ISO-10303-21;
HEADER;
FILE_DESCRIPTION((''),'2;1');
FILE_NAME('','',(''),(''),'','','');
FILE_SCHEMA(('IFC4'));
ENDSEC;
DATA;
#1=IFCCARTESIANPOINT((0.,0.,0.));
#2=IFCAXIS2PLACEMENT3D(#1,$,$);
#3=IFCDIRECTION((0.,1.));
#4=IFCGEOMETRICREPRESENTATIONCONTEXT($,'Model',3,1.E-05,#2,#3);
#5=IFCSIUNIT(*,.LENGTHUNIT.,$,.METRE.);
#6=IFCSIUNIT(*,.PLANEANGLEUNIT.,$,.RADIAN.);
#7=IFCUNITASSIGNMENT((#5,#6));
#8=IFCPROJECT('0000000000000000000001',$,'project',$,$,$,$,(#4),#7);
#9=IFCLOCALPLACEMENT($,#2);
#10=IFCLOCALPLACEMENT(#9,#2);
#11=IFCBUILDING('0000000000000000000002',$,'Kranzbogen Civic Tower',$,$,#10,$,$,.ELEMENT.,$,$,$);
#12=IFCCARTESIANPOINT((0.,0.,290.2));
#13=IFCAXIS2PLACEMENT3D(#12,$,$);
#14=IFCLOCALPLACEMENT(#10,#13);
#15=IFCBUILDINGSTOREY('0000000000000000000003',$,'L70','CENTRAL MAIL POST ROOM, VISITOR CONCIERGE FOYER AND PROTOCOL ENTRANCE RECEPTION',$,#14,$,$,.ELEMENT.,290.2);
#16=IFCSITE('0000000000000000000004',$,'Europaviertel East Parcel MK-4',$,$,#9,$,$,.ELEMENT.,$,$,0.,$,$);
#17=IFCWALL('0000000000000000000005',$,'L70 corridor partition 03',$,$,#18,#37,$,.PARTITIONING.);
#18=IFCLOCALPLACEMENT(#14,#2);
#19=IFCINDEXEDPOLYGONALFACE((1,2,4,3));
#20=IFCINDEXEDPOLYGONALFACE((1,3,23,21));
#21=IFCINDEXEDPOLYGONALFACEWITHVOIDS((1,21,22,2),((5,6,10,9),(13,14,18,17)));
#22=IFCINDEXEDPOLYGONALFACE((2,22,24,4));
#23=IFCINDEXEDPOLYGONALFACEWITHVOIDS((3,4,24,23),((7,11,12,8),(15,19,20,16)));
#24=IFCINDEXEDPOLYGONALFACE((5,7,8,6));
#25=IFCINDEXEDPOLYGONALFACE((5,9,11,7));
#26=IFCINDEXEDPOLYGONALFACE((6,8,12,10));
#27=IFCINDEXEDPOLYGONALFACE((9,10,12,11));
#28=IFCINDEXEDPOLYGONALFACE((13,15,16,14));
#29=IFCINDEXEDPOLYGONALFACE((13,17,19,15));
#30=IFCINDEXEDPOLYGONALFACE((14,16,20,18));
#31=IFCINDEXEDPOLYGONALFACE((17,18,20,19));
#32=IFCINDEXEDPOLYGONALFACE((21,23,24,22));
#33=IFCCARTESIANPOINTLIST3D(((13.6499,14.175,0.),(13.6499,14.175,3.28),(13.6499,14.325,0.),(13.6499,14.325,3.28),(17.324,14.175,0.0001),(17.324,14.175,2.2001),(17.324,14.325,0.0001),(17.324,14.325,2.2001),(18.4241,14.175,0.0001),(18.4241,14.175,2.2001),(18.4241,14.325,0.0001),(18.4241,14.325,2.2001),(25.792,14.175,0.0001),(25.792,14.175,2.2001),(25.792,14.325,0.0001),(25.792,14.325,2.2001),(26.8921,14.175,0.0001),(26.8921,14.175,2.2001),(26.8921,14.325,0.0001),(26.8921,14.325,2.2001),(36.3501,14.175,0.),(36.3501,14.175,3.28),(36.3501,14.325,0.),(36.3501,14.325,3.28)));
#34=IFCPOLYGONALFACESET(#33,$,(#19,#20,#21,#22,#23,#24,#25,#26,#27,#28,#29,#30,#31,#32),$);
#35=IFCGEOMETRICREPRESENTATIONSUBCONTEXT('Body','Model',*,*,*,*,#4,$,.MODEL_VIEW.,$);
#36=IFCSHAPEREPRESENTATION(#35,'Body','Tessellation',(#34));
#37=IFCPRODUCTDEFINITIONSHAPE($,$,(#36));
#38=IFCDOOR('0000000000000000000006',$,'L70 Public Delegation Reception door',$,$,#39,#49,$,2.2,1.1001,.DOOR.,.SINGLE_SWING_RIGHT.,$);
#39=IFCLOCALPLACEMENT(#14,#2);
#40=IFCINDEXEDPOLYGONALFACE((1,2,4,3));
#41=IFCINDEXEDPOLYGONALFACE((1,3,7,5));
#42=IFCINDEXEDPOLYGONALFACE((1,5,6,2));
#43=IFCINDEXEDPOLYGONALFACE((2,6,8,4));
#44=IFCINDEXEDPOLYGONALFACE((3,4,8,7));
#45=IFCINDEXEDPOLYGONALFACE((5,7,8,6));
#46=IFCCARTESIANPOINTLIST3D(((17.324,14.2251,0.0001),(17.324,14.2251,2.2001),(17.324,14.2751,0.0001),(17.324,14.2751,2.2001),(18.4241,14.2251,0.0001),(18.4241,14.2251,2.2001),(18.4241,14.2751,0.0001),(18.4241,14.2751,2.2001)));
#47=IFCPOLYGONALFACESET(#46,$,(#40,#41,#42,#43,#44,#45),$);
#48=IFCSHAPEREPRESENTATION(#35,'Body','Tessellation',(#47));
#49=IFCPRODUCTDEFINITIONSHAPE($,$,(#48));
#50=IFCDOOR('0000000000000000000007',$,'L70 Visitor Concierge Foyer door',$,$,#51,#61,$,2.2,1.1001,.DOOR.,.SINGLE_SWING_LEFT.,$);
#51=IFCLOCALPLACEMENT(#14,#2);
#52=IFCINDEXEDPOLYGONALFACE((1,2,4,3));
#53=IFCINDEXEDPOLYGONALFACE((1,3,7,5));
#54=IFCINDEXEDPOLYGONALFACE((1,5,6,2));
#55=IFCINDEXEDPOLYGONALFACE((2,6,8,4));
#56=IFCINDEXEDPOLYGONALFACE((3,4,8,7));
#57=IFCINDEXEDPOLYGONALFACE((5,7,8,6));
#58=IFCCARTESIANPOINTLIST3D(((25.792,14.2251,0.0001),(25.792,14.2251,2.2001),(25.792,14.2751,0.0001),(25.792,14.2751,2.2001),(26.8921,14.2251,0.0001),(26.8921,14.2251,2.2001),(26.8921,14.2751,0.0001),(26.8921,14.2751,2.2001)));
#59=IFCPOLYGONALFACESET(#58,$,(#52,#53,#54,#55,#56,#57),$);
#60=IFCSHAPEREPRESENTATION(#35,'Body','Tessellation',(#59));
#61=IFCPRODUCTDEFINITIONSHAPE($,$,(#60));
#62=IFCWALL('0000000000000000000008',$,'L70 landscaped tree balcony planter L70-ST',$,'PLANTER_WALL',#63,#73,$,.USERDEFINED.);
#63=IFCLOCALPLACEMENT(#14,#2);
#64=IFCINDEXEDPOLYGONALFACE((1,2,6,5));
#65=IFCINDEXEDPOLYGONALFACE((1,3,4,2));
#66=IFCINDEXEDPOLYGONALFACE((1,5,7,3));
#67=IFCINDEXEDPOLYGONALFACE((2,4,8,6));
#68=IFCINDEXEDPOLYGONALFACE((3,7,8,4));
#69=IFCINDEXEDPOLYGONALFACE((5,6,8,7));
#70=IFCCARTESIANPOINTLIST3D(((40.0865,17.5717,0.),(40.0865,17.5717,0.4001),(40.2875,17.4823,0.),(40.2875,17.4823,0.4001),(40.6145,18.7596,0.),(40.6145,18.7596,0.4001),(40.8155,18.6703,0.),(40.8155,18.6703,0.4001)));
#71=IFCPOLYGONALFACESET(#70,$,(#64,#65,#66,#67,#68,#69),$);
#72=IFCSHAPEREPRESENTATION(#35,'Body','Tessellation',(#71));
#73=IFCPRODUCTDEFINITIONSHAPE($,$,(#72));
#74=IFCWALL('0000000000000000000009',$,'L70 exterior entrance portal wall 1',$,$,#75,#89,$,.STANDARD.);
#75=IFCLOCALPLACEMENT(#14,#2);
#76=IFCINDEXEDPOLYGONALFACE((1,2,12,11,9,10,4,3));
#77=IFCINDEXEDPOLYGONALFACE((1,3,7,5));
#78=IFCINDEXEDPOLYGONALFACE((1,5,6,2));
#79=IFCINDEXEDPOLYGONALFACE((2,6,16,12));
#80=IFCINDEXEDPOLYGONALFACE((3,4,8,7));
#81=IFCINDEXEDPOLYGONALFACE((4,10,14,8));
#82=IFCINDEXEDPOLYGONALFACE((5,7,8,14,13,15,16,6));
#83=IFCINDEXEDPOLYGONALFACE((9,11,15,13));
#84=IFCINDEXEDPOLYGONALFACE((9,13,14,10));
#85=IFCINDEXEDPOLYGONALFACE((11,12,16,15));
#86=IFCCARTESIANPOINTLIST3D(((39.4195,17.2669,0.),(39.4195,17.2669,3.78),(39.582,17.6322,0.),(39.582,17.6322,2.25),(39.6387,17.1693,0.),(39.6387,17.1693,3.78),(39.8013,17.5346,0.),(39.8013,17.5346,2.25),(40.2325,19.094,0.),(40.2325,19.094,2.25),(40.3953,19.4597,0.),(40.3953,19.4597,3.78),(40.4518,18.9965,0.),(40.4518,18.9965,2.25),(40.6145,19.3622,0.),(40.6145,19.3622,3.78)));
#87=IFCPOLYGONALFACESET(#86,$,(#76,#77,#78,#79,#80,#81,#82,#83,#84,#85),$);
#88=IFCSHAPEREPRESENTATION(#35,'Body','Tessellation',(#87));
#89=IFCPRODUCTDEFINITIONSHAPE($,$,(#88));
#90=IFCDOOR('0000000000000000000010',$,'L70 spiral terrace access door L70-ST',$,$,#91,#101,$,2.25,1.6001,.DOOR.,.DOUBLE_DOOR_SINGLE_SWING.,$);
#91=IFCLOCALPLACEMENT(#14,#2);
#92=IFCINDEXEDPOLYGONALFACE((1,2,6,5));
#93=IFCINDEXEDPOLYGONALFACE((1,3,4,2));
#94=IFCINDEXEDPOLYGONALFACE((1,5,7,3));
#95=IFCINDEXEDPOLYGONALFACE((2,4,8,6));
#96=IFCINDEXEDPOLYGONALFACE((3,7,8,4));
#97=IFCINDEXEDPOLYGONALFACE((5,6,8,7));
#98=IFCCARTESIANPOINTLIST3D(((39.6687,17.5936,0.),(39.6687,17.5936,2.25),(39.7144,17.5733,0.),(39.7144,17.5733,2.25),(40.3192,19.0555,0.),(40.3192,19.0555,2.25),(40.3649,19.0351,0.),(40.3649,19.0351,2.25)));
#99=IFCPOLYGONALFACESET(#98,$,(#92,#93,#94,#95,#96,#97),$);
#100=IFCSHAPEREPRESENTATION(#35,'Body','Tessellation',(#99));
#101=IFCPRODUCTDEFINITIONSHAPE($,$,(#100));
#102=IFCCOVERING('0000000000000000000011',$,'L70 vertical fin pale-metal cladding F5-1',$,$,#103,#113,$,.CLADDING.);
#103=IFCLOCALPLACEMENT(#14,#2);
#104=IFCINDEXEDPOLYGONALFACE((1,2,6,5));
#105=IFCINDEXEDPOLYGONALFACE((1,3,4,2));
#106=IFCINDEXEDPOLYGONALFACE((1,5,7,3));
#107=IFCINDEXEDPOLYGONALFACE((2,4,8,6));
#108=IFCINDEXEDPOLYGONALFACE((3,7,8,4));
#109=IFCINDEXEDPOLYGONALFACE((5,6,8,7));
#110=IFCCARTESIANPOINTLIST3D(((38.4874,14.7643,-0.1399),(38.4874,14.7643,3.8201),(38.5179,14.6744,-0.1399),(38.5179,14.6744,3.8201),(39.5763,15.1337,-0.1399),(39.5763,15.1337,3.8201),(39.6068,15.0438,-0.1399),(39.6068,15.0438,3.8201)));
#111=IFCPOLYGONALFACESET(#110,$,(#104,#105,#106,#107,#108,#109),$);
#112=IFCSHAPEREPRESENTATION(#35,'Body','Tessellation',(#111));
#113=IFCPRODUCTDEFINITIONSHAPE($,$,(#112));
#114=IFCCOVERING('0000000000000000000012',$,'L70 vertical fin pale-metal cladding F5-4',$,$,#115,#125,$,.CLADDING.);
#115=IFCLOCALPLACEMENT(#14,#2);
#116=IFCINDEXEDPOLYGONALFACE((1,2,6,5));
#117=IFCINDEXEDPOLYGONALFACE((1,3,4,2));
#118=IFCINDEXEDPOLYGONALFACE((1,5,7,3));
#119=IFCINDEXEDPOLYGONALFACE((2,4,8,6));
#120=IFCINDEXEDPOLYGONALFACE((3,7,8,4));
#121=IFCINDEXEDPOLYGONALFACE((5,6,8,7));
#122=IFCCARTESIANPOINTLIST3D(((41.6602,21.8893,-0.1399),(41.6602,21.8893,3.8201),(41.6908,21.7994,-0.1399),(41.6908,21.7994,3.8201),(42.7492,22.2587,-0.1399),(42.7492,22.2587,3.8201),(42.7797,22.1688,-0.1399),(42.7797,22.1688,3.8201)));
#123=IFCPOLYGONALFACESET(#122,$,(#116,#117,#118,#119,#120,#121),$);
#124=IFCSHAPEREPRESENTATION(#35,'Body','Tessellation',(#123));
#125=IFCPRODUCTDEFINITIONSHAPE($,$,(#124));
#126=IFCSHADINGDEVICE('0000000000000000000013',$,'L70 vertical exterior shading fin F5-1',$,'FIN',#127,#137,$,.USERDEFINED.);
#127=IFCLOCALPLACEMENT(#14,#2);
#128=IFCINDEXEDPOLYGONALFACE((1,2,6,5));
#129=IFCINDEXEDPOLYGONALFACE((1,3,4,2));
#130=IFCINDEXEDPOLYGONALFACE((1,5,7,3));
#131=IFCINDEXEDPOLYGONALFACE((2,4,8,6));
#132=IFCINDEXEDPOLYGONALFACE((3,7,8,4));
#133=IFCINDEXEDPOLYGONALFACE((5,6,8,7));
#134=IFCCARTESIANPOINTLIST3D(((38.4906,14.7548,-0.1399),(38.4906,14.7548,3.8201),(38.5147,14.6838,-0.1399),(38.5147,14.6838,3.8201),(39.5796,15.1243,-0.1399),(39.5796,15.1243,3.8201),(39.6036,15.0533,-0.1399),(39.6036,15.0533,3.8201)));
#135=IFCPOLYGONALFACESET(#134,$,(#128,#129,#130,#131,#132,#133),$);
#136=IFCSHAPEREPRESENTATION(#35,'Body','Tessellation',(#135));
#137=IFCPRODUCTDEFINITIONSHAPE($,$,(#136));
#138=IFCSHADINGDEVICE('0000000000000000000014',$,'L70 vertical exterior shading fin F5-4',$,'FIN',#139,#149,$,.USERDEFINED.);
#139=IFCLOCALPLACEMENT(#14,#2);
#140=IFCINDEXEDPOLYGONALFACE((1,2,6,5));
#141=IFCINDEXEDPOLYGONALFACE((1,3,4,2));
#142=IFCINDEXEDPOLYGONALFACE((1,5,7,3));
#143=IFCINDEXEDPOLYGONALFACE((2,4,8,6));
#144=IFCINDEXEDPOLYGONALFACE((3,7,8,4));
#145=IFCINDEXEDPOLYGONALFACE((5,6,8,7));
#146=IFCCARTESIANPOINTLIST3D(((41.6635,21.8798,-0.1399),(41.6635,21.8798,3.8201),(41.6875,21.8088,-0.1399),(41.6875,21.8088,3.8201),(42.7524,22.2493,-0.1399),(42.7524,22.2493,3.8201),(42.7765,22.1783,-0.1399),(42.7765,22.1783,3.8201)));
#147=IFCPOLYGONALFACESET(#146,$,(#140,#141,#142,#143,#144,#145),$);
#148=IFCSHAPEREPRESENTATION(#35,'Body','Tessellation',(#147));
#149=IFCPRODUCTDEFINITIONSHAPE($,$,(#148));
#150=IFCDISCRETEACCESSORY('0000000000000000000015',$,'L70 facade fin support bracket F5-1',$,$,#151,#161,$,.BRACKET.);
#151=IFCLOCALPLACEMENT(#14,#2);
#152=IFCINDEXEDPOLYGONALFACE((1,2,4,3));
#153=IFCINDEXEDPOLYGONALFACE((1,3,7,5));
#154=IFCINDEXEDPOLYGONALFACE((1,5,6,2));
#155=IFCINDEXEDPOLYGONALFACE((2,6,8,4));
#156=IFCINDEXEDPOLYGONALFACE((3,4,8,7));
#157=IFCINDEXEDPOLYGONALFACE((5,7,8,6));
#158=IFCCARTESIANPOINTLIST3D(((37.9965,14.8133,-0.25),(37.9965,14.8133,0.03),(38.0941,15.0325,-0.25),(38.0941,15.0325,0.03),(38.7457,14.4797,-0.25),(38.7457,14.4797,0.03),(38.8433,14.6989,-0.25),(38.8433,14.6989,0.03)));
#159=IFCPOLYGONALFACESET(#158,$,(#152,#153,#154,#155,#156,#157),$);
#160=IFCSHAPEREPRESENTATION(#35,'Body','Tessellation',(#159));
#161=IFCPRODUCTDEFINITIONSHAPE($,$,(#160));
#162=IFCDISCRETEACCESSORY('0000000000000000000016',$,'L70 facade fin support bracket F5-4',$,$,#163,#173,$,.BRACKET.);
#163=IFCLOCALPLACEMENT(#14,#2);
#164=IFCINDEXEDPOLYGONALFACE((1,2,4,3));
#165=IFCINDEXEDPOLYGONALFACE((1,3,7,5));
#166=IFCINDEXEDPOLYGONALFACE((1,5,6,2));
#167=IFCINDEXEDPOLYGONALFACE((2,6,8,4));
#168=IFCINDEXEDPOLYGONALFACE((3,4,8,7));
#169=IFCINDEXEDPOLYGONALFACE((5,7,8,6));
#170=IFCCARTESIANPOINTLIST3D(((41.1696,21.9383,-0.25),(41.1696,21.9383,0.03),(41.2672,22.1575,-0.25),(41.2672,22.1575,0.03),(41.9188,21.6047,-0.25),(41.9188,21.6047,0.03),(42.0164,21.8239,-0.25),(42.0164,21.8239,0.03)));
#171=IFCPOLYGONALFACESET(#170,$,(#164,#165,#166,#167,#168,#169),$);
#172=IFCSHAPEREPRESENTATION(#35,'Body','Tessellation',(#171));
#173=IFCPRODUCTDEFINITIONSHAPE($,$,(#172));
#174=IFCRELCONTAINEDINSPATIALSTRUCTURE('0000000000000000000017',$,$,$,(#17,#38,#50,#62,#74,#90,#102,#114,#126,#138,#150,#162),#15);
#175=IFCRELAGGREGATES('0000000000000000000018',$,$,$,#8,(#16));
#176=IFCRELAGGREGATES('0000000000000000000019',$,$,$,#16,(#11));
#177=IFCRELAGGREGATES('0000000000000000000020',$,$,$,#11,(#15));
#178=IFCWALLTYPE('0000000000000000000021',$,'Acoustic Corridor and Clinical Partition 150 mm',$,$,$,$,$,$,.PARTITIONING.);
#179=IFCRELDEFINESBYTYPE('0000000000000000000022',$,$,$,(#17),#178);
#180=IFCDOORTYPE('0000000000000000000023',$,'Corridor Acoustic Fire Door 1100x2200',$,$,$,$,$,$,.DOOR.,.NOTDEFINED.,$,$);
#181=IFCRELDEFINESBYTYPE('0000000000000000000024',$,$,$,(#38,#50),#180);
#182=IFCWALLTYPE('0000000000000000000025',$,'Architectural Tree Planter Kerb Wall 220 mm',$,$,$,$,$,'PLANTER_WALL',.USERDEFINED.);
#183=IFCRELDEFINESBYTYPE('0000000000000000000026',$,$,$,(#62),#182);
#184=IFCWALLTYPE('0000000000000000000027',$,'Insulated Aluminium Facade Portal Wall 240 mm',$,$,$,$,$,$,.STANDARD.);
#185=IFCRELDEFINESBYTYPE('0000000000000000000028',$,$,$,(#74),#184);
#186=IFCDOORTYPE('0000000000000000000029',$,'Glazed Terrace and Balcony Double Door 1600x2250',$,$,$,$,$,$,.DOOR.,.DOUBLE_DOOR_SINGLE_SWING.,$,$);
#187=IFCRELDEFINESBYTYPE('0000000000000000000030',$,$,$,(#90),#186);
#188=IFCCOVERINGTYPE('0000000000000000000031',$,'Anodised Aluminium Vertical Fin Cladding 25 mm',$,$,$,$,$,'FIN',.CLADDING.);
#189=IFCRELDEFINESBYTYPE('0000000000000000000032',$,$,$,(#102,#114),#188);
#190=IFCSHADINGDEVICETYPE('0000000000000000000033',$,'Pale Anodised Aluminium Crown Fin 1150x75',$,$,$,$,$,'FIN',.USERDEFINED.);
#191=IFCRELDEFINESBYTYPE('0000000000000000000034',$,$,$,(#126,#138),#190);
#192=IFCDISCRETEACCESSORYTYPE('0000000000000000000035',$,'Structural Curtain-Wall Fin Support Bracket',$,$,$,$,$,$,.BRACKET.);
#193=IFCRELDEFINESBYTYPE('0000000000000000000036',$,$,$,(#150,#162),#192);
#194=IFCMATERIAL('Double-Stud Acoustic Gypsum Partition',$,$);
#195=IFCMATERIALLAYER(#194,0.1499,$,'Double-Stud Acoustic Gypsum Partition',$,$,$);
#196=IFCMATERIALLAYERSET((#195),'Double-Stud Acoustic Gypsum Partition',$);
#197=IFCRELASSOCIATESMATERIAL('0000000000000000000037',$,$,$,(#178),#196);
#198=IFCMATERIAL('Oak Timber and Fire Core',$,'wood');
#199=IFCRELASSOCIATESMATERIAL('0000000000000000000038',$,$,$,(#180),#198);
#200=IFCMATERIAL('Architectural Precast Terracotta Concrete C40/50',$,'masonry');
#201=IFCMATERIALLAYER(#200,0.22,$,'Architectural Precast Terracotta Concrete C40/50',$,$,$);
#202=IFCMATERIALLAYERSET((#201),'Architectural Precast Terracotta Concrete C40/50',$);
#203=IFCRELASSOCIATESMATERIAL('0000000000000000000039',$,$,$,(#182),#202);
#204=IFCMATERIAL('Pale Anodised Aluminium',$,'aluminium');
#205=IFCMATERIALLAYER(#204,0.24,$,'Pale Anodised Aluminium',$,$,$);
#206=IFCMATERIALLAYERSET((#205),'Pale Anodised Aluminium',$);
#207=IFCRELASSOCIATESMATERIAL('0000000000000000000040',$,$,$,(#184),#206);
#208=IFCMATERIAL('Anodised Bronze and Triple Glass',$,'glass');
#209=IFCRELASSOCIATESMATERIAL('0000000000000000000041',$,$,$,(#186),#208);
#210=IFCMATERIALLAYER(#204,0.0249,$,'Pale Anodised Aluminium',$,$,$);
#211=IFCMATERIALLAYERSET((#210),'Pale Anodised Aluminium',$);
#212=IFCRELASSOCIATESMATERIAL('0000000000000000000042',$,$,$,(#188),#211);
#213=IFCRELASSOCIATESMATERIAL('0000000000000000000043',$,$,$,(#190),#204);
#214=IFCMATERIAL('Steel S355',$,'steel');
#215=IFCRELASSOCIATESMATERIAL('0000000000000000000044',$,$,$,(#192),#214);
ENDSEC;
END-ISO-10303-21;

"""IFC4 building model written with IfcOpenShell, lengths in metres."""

from ifc_helpers import new_model, si_unit, direction, frame, frame_2d, origin, origin_2d, place, context, subcontext, project, spatial, rectangle, extrude, material, layer, layer_set, type_object, element, fill, save


model = new_model("IFC4")

# Units and contexts
model_context = context("Model", 3, precision=1e-05, world=origin(), true_north=direction((0.0, 1.0)))
body_context = subcontext(model_context, "Body", "Model", "MODEL_VIEW")
ifc_project = project(units=[si_unit("LENGTHUNIT", "METRE"), si_unit("PLANEANGLEUNIT", "RADIAN")], contexts=[model_context])

# Site, building, storey
site_placement = place(None, origin())
site = spatial("IfcSite", under=ifc_project, at=site_placement, Name="Europaviertel East Parcel MK-4", CompositionType="ELEMENT", RefElevation=0.0)
building_placement = place(site_placement, origin())
building = spatial("IfcBuilding", under=site, at=building_placement, Name="Kranzbogen Civic Tower", CompositionType="ELEMENT")
storey_placement = place(building_placement, frame((0.0, 0.0, 290.2)))
storey = spatial("IfcBuildingStorey", under=building, at=storey_placement, Name="L70", Description="CENTRAL MAIL POST ROOM, VISITOR CONCIERGE FOYER AND PROTOCOL ENTRANCE RECEPTION", CompositionType="ELEMENT", Elevation=290.2)

# Shared definitions
ifc_material_1 = material(Name="Steel S355", Category="steel")

# Shared definitions
ifc_material_2 = material(Name="Pale Anodised Aluminium", Category="aluminium")

# Wall, openings, doors
ifc_material_3 = material(Name="Double-Stud Acoustic Gypsum Partition")
ifc_layer_1 = layer(ifc_material_3, 0.1499, Name="Double-Stud Acoustic Gypsum Partition")
ifc_layer_set_1 = layer_set([ifc_layer_1], Name="Double-Stud Acoustic Gypsum Partition")
wall_type_1 = type_object("IfcWallType", Name="Acoustic Corridor and Clinical Partition 150 mm", PredefinedType="PARTITIONING", material=ifc_layer_set_1)
wall_1_placement = place(storey_placement, frame((36.3501, 14.25, 0.0), z_axis=(0.0, 0.0, 1.0), x_axis=(-1.0, 0.0, 0.0)))
wall_1 = element("IfcWall", 1, at=wall_1_placement, inside=storey, type_object=wall_type_1, Name="L70 corridor partition 03", PredefinedType="PARTITIONING", context=body_context, shape_type="SweptSolid", body=[
    extrude(rectangle(XDim=22.7002, YDim=0.1499, at=frame_2d((11.3501, 0.0))), origin(), (0.0, 0.0, 1.0), 3.28),
])
opening_1_placement = place(wall_1_placement, frame((17.926, 0.0, 0.0)))
opening_1 = element("IfcOpeningElement", 2, at=opening_1_placement, cuts=wall_1, PredefinedType="OPENING", context=body_context, shape_type="SweptSolid", body=[
    extrude(rectangle(XDim=1.1001, YDim=2.2, at=frame_2d((0.55, 1.1001))), frame((0.0, 0.085, 0.0), z_axis=(0.0, -1.0, 0.0), x_axis=(1.0, 0.0, 0.0)), (0.0, 0.0, 1.0), 0.1699),
])
opening_2_placement = place(wall_1_placement, frame((9.458, 0.0, 0.0)))
opening_2 = element("IfcOpeningElement", 3, at=opening_2_placement, cuts=wall_1, PredefinedType="OPENING", context=body_context, shape_type="SweptSolid", body=[
    extrude(rectangle(XDim=1.1001, YDim=2.2, at=frame_2d((0.55, 1.1001))), frame((0.0, 0.085, 0.0), z_axis=(0.0, -1.0, 0.0), x_axis=(1.0, 0.0, 0.0)), (0.0, 0.0, 1.0), 0.1699),
])
ifc_material_4 = material(Name="Oak Timber and Fire Core", Category="wood")
door_type_1 = type_object("IfcDoorType", Name="Corridor Acoustic Fire Door 1100x2200", OperationType="NOTDEFINED", PredefinedType="DOOR", material=ifc_material_4)
door_1_placement = place(opening_1_placement, origin())
door_1 = element("IfcDoor", 4, at=door_1_placement, inside=storey, type_object=door_type_1, Name="L70 Public Delegation Reception door", OperationType="SINGLE_SWING_RIGHT", OverallHeight=2.2, OverallWidth=1.1001, PredefinedType="DOOR", context=body_context, shape_type="SweptSolid", body=[
    extrude(rectangle(XDim=1.1001, YDim=2.2, at=frame_2d((0.55, 1.1001))), frame((0.0, 0.0249, 0.0), z_axis=(0.0, -1.0, 0.0), x_axis=(1.0, 0.0, 0.0)), (0.0, 0.0, 1.0), 0.05),
])
fill(opening_1, door_1)
door_2_placement = place(opening_2_placement, origin())
door_2 = element("IfcDoor", 5, at=door_2_placement, inside=storey, type_object=door_type_1, Name="L70 Visitor Concierge Foyer door", OperationType="SINGLE_SWING_LEFT", OverallHeight=2.2, OverallWidth=1.1001, PredefinedType="DOOR", context=body_context, shape_type="SweptSolid", body=[
    extrude(rectangle(XDim=1.1001, YDim=2.2, at=frame_2d((0.55, 1.1001))), frame((0.0, 0.0249, 0.0), z_axis=(0.0, -1.0, 0.0), x_axis=(1.0, 0.0, 0.0)), (0.0, 0.0, 1.0), 0.05),
])
fill(opening_2, door_2)

# Wall
ifc_material_5 = material(Name="Architectural Precast Terracotta Concrete C40/50", Category="masonry")
ifc_layer_2 = layer(ifc_material_5, 0.22, Name="Architectural Precast Terracotta Concrete C40/50")
ifc_layer_set_2 = layer_set([ifc_layer_2], Name="Architectural Precast Terracotta Concrete C40/50")
wall_type_2 = type_object("IfcWallType", Name="Architectural Tree Planter Kerb Wall 220 mm", ElementType="PLANTER_WALL", PredefinedType="USERDEFINED", material=ifc_layer_set_2)
wall_2_placement = place(storey_placement, frame((40.187, 17.5271, 0.0), z_axis=(0.0, 0.0, 1.0), x_axis=(0.406191, 0.913788, 0.0)))
element("IfcWall", 6, at=wall_2_placement, inside=storey, type_object=wall_type_2, Name="L70 landscaped tree balcony planter L70-ST", ObjectType="PLANTER_WALL", PredefinedType="USERDEFINED", context=body_context, shape_type="SweptSolid", body=[
    extrude(rectangle(XDim=1.3, YDim=0.22, at=frame_2d((0.6499, 0.0))), origin(), (0.0, 0.0, 1.0), 0.4001),
])

# Wall, opening, door
ifc_layer_3 = layer(ifc_material_2, 0.24, Name="Pale Anodised Aluminium")
ifc_layer_set_3 = layer_set([ifc_layer_3], Name="Pale Anodised Aluminium")
wall_type_3 = type_object("IfcWallType", Name="Insulated Aluminium Facade Portal Wall 240 mm", PredefinedType="STANDARD", material=ifc_layer_set_3)
wall_3_placement = place(storey_placement, frame((39.5291, 17.218, 0.0), z_axis=(0.0, 0.0, 1.0), x_axis=(0.406563, 0.913623, 0.0)))
wall_3 = element("IfcWall", 7, at=wall_3_placement, inside=storey, type_object=wall_type_3, Name="L70 exterior entrance portal wall 1", PredefinedType="STANDARD", context=body_context, shape_type="SweptSolid", body=[
    extrude(rectangle(XDim=2.4001, YDim=0.24, at=frame_2d((1.2002, 0.0))), origin(), (0.0, 0.0, 1.0), 3.78),
])
opening_3_placement = place(wall_3_placement, frame((0.3999, 0.0, 0.0)))
opening_3 = element("IfcOpeningElement", 8, at=opening_3_placement, cuts=wall_3, PredefinedType="OPENING", context=body_context, shape_type="SweptSolid", body=[
    extrude(rectangle(XDim=1.6001, YDim=2.25, at=frame_2d((0.8, 1.125))), frame((0.0, 0.1299, 0.0), z_axis=(0.0, -1.0, 0.0), x_axis=(1.0, 0.0, 0.0)), (0.0, 0.0, 1.0), 0.26),
])
ifc_material_6 = material(Name="Anodised Bronze and Triple Glass", Category="glass")
door_type_2 = type_object("IfcDoorType", Name="Glazed Terrace and Balcony Double Door 1600x2250", OperationType="DOUBLE_DOOR_SINGLE_SWING", PredefinedType="DOOR", material=ifc_material_6)
door_3_placement = place(opening_3_placement, frame((1.6001, 0.0, 0.0), z_axis=(0.0, 0.0, 1.0), x_axis=(-1.0, 0.0, 0.0)))
door_3 = element("IfcDoor", 9, at=door_3_placement, inside=storey, type_object=door_type_2, Name="L70 spiral terrace access door L70-ST", OperationType="DOUBLE_DOOR_SINGLE_SWING", OverallHeight=2.25, OverallWidth=1.6001, PredefinedType="DOOR", context=body_context, shape_type="SweptSolid", body=[
    extrude(rectangle(XDim=1.6001, YDim=2.25, at=frame_2d((0.8, 1.125))), frame((0.0, 0.0249, 0.0), z_axis=(0.0, -1.0, 0.0), x_axis=(1.0, 0.0, 0.0)), (0.0, 0.0, 1.0), 0.05),
])
fill(opening_3, door_3)

# Coverings
ifc_layer_4 = layer(ifc_material_2, 0.0249, Name="Pale Anodised Aluminium")
ifc_layer_set_4 = layer_set([ifc_layer_4], Name="Pale Anodised Aluminium")
covering_type = type_object("IfcCoveringType", Name="Anodised Aluminium Vertical Fin Cladding 25 mm", ElementType="FIN", PredefinedType="CLADDING", material=ifc_layer_set_4)
for number, where, z_axis, x_axis, name in (
    (10, (39.0471, 14.9041, -0.1399), (0.0, 0.0, 1.0), (0.946986, 0.321274, 0.0), "L70 vertical fin pale-metal cladding F5-1"),
    (11, (42.22, 22.0291, -0.1399), (0.0, 0.0, 1.0), (0.946986, 0.321274, 0.0), "L70 vertical fin pale-metal cladding F5-4"),
):
    element("IfcCovering", number, at=place(storey_placement, frame(where, z_axis=z_axis, x_axis=x_axis)), inside=storey, type_object=covering_type, Name=name, PredefinedType="CLADDING", context=body_context, shape_type="SweptSolid", body=[
        extrude(rectangle(XDim=1.1499, YDim=0.095, at=origin_2d()), origin(), (0.0, 0.0, 1.0), 3.96),
    ])

# Shading devices
shading_device_type = type_object("IfcShadingDeviceType", Name="Pale Anodised Aluminium Crown Fin 1150x75", ElementType="FIN", PredefinedType="USERDEFINED", material=ifc_material_2)
for number, where, z_axis, x_axis, name in (
    (12, (39.0471, 14.9041, -0.1399), (0.0, 0.0, 1.0), (0.946986, 0.321274, 0.0), "L70 vertical exterior shading fin F5-1"),
    (13, (42.22, 22.0291, -0.1399), (0.0, 0.0, 1.0), (0.946986, 0.321274, 0.0), "L70 vertical exterior shading fin F5-4"),
):
    element("IfcShadingDevice", number, at=place(storey_placement, frame(where, z_axis=z_axis, x_axis=x_axis)), inside=storey, type_object=shading_device_type, Name=name, ObjectType="FIN", PredefinedType="USERDEFINED", context=body_context, shape_type="SweptSolid", body=[
        extrude(rectangle(XDim=1.1499, YDim=0.075, at=origin_2d()), origin(), (0.0, 0.0, 1.0), 3.96),
    ])

# Discrete accessories
discrete_accessory_type = type_object("IfcDiscreteAccessoryType", Name="Structural Curtain-Wall Fin Support Bracket", PredefinedType="BRACKET", material=ifc_material_1)
for number, where, z_axis, x_axis, name in (
    (14, (38.4199, 14.7561, -0.25), (0.0, 0.0, 1.0), (0.913545, -0.406737, 0.0), "L70 facade fin support bracket F5-1"),
    (15, (41.593, 21.8811, -0.25), (0.0, 0.0, 1.0), (0.913545, -0.406737, 0.0), "L70 facade fin support bracket F5-4"),
):
    element("IfcDiscreteAccessory", number, at=place(storey_placement, frame(where, z_axis=z_axis, x_axis=x_axis)), inside=storey, type_object=discrete_accessory_type, Name=name, PredefinedType="BRACKET", context=body_context, shape_type="SweptSolid", body=[
        extrude(rectangle(XDim=0.8201, YDim=0.24, at=origin_2d()), origin(), (0.0, 0.0, 1.0), 0.28),
    ])

save(model, "model.ifc")
